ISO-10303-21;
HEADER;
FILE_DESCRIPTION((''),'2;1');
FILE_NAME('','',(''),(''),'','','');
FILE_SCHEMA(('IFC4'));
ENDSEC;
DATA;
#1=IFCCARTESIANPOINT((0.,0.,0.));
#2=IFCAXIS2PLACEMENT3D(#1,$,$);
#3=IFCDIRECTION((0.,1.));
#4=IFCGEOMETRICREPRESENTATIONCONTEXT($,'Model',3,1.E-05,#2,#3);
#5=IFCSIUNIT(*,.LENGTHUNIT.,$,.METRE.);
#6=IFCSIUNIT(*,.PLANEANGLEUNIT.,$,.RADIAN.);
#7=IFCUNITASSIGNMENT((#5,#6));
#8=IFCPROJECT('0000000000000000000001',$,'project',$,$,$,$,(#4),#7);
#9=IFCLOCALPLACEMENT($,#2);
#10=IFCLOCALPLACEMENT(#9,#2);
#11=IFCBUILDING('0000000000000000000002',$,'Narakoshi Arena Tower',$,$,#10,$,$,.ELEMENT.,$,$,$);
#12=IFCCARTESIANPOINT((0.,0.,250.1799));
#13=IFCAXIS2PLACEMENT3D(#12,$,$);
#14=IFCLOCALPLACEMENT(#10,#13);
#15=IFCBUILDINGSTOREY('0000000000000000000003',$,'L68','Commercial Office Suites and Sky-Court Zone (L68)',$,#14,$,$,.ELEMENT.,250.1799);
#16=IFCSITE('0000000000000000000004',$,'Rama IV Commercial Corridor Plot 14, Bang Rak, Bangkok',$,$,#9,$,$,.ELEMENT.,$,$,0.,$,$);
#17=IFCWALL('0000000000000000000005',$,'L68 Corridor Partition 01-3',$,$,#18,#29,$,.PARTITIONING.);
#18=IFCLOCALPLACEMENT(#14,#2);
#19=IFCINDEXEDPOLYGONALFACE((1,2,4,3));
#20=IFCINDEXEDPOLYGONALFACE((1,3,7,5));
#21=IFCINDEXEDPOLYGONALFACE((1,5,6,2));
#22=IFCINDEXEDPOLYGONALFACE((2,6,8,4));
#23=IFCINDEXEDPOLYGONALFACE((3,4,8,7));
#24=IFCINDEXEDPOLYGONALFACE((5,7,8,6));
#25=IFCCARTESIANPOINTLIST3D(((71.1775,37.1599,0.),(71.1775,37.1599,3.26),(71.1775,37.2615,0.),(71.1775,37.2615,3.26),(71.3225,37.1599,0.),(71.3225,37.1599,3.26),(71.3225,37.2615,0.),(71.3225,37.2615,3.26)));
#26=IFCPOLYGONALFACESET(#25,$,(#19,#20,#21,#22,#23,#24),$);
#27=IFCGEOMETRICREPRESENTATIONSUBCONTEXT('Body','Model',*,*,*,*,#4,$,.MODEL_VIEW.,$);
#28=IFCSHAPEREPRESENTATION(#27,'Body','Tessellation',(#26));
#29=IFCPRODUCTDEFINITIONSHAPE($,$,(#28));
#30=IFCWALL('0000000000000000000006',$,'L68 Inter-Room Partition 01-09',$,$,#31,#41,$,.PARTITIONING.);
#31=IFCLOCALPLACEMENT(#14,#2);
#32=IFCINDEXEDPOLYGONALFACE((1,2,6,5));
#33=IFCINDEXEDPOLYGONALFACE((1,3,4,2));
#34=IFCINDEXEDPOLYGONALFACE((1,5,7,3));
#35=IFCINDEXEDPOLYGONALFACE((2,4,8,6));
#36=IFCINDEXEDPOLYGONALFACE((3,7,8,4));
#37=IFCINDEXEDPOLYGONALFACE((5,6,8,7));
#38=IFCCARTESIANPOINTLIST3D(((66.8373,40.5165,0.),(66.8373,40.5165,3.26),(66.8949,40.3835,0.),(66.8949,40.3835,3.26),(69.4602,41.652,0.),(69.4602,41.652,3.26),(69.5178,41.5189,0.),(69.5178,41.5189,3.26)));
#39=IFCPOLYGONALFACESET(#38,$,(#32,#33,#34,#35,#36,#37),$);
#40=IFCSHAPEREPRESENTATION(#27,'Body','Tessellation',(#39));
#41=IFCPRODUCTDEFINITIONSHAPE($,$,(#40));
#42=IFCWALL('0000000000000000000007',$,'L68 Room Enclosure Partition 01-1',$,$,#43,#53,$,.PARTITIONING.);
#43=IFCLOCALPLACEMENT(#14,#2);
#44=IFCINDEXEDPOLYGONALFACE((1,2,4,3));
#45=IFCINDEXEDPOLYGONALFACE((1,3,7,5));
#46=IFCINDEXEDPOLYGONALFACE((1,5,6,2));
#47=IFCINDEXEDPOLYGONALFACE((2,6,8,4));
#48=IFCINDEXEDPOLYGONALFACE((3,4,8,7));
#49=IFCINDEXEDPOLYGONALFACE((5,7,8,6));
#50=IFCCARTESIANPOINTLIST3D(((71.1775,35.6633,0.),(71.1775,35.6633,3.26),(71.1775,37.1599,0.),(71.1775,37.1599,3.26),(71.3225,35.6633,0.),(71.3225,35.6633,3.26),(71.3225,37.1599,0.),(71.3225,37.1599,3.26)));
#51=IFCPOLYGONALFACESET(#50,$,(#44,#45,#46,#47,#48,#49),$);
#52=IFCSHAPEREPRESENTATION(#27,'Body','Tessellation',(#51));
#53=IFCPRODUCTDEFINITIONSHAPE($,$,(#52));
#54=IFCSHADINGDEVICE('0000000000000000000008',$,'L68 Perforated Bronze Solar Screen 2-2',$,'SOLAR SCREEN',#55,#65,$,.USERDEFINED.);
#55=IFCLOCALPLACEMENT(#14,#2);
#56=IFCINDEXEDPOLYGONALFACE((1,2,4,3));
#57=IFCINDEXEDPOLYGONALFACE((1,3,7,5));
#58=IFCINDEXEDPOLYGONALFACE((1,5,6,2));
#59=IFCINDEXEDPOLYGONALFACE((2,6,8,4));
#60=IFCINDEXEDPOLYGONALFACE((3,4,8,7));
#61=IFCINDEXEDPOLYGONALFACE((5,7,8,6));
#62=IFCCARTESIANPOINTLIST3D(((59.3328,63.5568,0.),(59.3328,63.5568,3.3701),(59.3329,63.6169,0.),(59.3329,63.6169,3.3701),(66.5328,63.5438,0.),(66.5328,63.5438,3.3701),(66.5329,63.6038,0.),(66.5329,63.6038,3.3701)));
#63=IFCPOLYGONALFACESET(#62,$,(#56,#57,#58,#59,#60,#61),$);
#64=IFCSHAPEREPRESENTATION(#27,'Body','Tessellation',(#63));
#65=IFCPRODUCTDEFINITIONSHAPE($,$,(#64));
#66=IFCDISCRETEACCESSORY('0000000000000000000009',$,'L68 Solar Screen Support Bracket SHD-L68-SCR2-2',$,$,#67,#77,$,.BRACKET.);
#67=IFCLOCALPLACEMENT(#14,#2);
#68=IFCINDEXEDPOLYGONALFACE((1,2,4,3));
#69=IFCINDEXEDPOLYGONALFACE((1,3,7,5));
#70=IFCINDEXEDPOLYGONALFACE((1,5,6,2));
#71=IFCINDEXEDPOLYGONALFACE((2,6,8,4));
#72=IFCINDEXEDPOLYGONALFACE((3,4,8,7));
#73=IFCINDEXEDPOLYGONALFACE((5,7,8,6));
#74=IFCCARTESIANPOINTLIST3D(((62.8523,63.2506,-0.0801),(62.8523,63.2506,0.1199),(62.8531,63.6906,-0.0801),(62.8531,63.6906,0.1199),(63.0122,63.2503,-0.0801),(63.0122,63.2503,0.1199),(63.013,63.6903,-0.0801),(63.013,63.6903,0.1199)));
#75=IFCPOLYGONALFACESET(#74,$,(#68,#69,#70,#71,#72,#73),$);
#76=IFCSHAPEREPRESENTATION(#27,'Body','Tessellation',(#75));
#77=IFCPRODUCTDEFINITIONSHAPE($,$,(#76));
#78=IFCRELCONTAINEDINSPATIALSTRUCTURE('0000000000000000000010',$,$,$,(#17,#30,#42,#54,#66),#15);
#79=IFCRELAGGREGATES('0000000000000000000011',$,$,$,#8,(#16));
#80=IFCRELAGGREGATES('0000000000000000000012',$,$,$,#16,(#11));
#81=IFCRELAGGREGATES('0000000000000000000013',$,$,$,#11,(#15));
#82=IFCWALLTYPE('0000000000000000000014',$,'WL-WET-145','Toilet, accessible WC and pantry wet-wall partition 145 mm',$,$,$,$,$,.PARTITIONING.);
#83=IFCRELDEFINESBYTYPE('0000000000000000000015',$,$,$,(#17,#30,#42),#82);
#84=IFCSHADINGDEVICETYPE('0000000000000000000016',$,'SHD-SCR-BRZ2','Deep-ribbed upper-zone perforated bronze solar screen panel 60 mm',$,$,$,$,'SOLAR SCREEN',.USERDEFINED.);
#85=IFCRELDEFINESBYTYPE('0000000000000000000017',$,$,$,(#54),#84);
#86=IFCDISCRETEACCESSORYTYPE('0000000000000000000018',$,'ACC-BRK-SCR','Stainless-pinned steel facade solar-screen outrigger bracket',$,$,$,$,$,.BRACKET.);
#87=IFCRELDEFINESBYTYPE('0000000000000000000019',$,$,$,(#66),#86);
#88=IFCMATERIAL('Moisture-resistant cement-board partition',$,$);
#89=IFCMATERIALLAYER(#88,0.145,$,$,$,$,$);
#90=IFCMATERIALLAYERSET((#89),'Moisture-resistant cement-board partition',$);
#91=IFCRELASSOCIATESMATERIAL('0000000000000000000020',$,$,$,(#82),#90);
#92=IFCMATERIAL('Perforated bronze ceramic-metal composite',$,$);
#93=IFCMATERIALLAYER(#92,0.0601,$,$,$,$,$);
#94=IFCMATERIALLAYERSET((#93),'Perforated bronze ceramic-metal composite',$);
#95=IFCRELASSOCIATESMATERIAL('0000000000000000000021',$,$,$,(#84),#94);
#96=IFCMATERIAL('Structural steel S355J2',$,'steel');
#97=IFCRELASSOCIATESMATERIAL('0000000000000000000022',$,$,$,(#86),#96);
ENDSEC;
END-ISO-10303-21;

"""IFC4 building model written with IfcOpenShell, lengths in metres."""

from ifc_helpers import new_model, si_unit, direction, frame, frame_2d, origin, origin_2d, place, context, subcontext, project, spatial, rectangle, extrude, material, layer, layer_set, type_object, element, save


model = new_model("IFC4")

# Units and contexts
model_context = context("Model", 3, precision=1e-05, world=origin(), true_north=direction((0.0, 1.0)))
body_context = subcontext(model_context, "Body", "Model", "MODEL_VIEW")
ifc_project = project(units=[si_unit("LENGTHUNIT", "METRE"), si_unit("PLANEANGLEUNIT", "RADIAN")], contexts=[model_context])

# Site, building, storey
site_placement = place(None, origin())
site = spatial("IfcSite", under=ifc_project, at=site_placement, Name="Rama IV Commercial Corridor Plot 14, Bang Rak, Bangkok", CompositionType="ELEMENT", RefElevation=0.0)
building_placement = place(site_placement, origin())
building = spatial("IfcBuilding", under=site, at=building_placement, Name="Narakoshi Arena Tower", CompositionType="ELEMENT")
storey_placement = place(building_placement, frame((0.0, 0.0, 250.1799)))
storey = spatial("IfcBuildingStorey", under=building, at=storey_placement, Name="L68", Description="Commercial Office Suites and Sky-Court Zone (L68)", CompositionType="ELEMENT", Elevation=250.1799)

# Shared definitions
ifc_material_1 = material(Name="Structural steel S355J2", Category="steel")

# Shared definitions
ifc_material_2 = material(Name="Moisture-resistant cement-board partition")
ifc_layer_1 = layer(ifc_material_2, 0.145)
ifc_layer_set_1 = layer_set([ifc_layer_1], Name="Moisture-resistant cement-board partition")
wall_type_1 = type_object("IfcWallType", Name="WL-WET-145", Description="Toilet, accessible WC and pantry wet-wall partition 145 mm", PredefinedType="PARTITIONING", material=ifc_layer_set_1)

# Walls
wall_1_placement = place(storey_placement, frame((71.25, 37.2615, 0.0), z_axis=(0.0, 0.0, 1.0), x_axis=(0.0, -1.0, 0.0)))
element("IfcWall", 1, at=wall_1_placement, inside=storey, type_object=wall_type_1, Name="L68 Corridor Partition 01-3", PredefinedType="PARTITIONING", context=body_context, shape_type="SweptSolid", body=[
    extrude(rectangle(XDim=0.1016, YDim=0.145, at=frame_2d((0.0508, 0.0))), origin(), (0.0, 0.0, 1.0), 3.26),
])
wall_2_placement = place(storey_placement, frame((66.866, 40.45, 0.0), z_axis=(0.0, 0.0, 1.0), x_axis=(0.917703, 0.397267, 0.0)))
element("IfcWall", 2, at=wall_2_placement, inside=storey, type_object=wall_type_1, Name="L68 Inter-Room Partition 01-09", PredefinedType="PARTITIONING", context=body_context, shape_type="SweptSolid", body=[
    extrude(rectangle(XDim=2.8582, YDim=0.145, at=frame_2d((1.4292, 0.0))), origin(), (0.0, 0.0, 1.0), 3.26),
])
wall_3_placement = place(storey_placement, frame((71.25, 37.1599, 0.0), z_axis=(0.0, 0.0, 1.0), x_axis=(0.0, -1.0, 0.0)))
element("IfcWall", 3, at=wall_3_placement, inside=storey, type_object=wall_type_1, Name="L68 Room Enclosure Partition 01-1", PredefinedType="PARTITIONING", context=body_context, shape_type="SweptSolid", body=[
    extrude(rectangle(XDim=1.4966, YDim=0.145, at=frame_2d((0.7483, 0.0))), origin(), (0.0, 0.0, 1.0), 3.26),
])

# Shading device
ifc_material_3 = material(Name="Perforated bronze ceramic-metal composite")
ifc_layer_2 = layer(ifc_material_3, 0.0601)
ifc_layer_set_2 = layer_set([ifc_layer_2], Name="Perforated bronze ceramic-metal composite")
shading_device_type = type_object("IfcShadingDeviceType", Name="SHD-SCR-BRZ2", Description="Deep-ribbed upper-zone perforated bronze solar screen panel 60 mm", ElementType="SOLAR SCREEN", PredefinedType="USERDEFINED", material=ifc_layer_set_2)
shading_device_placement = place(storey_placement, frame((62.9329, 63.5803, 0.0), z_axis=(0.0, 0.0, 1.0), x_axis=(-0.999998, 0.001815, 0.0)))
element("IfcShadingDevice", 4, at=shading_device_placement, inside=storey, type_object=shading_device_type, Name="L68 Perforated Bronze Solar Screen 2-2", ObjectType="SOLAR SCREEN", PredefinedType="USERDEFINED", context=body_context, shape_type="SweptSolid", body=[
    extrude(rectangle(XDim=7.2, YDim=0.0601, at=origin_2d()), origin(), (0.0, 0.0, 1.0), 3.3701),
])

# Discrete accessory
discrete_accessory_type = type_object("IfcDiscreteAccessoryType", Name="ACC-BRK-SCR", Description="Stainless-pinned steel facade solar-screen outrigger bracket", PredefinedType="BRACKET", material=ifc_material_1)
discrete_accessory_placement = place(storey_placement, frame((62.9326, 63.4705, -0.0801), z_axis=(0.0, 0.0, 1.0), x_axis=(-0.999998, 0.001815, 0.0)))
element("IfcDiscreteAccessory", 5, at=discrete_accessory_placement, inside=storey, type_object=discrete_accessory_type, Name="L68 Solar Screen Support Bracket SHD-L68-SCR2-2", PredefinedType="BRACKET", context=body_context, shape_type="SweptSolid", body=[
    extrude(rectangle(XDim=0.1599, YDim=0.4399, at=origin_2d()), origin(), (0.0, 0.0, 1.0), 0.2),
])

save(model, "model.ifc")
